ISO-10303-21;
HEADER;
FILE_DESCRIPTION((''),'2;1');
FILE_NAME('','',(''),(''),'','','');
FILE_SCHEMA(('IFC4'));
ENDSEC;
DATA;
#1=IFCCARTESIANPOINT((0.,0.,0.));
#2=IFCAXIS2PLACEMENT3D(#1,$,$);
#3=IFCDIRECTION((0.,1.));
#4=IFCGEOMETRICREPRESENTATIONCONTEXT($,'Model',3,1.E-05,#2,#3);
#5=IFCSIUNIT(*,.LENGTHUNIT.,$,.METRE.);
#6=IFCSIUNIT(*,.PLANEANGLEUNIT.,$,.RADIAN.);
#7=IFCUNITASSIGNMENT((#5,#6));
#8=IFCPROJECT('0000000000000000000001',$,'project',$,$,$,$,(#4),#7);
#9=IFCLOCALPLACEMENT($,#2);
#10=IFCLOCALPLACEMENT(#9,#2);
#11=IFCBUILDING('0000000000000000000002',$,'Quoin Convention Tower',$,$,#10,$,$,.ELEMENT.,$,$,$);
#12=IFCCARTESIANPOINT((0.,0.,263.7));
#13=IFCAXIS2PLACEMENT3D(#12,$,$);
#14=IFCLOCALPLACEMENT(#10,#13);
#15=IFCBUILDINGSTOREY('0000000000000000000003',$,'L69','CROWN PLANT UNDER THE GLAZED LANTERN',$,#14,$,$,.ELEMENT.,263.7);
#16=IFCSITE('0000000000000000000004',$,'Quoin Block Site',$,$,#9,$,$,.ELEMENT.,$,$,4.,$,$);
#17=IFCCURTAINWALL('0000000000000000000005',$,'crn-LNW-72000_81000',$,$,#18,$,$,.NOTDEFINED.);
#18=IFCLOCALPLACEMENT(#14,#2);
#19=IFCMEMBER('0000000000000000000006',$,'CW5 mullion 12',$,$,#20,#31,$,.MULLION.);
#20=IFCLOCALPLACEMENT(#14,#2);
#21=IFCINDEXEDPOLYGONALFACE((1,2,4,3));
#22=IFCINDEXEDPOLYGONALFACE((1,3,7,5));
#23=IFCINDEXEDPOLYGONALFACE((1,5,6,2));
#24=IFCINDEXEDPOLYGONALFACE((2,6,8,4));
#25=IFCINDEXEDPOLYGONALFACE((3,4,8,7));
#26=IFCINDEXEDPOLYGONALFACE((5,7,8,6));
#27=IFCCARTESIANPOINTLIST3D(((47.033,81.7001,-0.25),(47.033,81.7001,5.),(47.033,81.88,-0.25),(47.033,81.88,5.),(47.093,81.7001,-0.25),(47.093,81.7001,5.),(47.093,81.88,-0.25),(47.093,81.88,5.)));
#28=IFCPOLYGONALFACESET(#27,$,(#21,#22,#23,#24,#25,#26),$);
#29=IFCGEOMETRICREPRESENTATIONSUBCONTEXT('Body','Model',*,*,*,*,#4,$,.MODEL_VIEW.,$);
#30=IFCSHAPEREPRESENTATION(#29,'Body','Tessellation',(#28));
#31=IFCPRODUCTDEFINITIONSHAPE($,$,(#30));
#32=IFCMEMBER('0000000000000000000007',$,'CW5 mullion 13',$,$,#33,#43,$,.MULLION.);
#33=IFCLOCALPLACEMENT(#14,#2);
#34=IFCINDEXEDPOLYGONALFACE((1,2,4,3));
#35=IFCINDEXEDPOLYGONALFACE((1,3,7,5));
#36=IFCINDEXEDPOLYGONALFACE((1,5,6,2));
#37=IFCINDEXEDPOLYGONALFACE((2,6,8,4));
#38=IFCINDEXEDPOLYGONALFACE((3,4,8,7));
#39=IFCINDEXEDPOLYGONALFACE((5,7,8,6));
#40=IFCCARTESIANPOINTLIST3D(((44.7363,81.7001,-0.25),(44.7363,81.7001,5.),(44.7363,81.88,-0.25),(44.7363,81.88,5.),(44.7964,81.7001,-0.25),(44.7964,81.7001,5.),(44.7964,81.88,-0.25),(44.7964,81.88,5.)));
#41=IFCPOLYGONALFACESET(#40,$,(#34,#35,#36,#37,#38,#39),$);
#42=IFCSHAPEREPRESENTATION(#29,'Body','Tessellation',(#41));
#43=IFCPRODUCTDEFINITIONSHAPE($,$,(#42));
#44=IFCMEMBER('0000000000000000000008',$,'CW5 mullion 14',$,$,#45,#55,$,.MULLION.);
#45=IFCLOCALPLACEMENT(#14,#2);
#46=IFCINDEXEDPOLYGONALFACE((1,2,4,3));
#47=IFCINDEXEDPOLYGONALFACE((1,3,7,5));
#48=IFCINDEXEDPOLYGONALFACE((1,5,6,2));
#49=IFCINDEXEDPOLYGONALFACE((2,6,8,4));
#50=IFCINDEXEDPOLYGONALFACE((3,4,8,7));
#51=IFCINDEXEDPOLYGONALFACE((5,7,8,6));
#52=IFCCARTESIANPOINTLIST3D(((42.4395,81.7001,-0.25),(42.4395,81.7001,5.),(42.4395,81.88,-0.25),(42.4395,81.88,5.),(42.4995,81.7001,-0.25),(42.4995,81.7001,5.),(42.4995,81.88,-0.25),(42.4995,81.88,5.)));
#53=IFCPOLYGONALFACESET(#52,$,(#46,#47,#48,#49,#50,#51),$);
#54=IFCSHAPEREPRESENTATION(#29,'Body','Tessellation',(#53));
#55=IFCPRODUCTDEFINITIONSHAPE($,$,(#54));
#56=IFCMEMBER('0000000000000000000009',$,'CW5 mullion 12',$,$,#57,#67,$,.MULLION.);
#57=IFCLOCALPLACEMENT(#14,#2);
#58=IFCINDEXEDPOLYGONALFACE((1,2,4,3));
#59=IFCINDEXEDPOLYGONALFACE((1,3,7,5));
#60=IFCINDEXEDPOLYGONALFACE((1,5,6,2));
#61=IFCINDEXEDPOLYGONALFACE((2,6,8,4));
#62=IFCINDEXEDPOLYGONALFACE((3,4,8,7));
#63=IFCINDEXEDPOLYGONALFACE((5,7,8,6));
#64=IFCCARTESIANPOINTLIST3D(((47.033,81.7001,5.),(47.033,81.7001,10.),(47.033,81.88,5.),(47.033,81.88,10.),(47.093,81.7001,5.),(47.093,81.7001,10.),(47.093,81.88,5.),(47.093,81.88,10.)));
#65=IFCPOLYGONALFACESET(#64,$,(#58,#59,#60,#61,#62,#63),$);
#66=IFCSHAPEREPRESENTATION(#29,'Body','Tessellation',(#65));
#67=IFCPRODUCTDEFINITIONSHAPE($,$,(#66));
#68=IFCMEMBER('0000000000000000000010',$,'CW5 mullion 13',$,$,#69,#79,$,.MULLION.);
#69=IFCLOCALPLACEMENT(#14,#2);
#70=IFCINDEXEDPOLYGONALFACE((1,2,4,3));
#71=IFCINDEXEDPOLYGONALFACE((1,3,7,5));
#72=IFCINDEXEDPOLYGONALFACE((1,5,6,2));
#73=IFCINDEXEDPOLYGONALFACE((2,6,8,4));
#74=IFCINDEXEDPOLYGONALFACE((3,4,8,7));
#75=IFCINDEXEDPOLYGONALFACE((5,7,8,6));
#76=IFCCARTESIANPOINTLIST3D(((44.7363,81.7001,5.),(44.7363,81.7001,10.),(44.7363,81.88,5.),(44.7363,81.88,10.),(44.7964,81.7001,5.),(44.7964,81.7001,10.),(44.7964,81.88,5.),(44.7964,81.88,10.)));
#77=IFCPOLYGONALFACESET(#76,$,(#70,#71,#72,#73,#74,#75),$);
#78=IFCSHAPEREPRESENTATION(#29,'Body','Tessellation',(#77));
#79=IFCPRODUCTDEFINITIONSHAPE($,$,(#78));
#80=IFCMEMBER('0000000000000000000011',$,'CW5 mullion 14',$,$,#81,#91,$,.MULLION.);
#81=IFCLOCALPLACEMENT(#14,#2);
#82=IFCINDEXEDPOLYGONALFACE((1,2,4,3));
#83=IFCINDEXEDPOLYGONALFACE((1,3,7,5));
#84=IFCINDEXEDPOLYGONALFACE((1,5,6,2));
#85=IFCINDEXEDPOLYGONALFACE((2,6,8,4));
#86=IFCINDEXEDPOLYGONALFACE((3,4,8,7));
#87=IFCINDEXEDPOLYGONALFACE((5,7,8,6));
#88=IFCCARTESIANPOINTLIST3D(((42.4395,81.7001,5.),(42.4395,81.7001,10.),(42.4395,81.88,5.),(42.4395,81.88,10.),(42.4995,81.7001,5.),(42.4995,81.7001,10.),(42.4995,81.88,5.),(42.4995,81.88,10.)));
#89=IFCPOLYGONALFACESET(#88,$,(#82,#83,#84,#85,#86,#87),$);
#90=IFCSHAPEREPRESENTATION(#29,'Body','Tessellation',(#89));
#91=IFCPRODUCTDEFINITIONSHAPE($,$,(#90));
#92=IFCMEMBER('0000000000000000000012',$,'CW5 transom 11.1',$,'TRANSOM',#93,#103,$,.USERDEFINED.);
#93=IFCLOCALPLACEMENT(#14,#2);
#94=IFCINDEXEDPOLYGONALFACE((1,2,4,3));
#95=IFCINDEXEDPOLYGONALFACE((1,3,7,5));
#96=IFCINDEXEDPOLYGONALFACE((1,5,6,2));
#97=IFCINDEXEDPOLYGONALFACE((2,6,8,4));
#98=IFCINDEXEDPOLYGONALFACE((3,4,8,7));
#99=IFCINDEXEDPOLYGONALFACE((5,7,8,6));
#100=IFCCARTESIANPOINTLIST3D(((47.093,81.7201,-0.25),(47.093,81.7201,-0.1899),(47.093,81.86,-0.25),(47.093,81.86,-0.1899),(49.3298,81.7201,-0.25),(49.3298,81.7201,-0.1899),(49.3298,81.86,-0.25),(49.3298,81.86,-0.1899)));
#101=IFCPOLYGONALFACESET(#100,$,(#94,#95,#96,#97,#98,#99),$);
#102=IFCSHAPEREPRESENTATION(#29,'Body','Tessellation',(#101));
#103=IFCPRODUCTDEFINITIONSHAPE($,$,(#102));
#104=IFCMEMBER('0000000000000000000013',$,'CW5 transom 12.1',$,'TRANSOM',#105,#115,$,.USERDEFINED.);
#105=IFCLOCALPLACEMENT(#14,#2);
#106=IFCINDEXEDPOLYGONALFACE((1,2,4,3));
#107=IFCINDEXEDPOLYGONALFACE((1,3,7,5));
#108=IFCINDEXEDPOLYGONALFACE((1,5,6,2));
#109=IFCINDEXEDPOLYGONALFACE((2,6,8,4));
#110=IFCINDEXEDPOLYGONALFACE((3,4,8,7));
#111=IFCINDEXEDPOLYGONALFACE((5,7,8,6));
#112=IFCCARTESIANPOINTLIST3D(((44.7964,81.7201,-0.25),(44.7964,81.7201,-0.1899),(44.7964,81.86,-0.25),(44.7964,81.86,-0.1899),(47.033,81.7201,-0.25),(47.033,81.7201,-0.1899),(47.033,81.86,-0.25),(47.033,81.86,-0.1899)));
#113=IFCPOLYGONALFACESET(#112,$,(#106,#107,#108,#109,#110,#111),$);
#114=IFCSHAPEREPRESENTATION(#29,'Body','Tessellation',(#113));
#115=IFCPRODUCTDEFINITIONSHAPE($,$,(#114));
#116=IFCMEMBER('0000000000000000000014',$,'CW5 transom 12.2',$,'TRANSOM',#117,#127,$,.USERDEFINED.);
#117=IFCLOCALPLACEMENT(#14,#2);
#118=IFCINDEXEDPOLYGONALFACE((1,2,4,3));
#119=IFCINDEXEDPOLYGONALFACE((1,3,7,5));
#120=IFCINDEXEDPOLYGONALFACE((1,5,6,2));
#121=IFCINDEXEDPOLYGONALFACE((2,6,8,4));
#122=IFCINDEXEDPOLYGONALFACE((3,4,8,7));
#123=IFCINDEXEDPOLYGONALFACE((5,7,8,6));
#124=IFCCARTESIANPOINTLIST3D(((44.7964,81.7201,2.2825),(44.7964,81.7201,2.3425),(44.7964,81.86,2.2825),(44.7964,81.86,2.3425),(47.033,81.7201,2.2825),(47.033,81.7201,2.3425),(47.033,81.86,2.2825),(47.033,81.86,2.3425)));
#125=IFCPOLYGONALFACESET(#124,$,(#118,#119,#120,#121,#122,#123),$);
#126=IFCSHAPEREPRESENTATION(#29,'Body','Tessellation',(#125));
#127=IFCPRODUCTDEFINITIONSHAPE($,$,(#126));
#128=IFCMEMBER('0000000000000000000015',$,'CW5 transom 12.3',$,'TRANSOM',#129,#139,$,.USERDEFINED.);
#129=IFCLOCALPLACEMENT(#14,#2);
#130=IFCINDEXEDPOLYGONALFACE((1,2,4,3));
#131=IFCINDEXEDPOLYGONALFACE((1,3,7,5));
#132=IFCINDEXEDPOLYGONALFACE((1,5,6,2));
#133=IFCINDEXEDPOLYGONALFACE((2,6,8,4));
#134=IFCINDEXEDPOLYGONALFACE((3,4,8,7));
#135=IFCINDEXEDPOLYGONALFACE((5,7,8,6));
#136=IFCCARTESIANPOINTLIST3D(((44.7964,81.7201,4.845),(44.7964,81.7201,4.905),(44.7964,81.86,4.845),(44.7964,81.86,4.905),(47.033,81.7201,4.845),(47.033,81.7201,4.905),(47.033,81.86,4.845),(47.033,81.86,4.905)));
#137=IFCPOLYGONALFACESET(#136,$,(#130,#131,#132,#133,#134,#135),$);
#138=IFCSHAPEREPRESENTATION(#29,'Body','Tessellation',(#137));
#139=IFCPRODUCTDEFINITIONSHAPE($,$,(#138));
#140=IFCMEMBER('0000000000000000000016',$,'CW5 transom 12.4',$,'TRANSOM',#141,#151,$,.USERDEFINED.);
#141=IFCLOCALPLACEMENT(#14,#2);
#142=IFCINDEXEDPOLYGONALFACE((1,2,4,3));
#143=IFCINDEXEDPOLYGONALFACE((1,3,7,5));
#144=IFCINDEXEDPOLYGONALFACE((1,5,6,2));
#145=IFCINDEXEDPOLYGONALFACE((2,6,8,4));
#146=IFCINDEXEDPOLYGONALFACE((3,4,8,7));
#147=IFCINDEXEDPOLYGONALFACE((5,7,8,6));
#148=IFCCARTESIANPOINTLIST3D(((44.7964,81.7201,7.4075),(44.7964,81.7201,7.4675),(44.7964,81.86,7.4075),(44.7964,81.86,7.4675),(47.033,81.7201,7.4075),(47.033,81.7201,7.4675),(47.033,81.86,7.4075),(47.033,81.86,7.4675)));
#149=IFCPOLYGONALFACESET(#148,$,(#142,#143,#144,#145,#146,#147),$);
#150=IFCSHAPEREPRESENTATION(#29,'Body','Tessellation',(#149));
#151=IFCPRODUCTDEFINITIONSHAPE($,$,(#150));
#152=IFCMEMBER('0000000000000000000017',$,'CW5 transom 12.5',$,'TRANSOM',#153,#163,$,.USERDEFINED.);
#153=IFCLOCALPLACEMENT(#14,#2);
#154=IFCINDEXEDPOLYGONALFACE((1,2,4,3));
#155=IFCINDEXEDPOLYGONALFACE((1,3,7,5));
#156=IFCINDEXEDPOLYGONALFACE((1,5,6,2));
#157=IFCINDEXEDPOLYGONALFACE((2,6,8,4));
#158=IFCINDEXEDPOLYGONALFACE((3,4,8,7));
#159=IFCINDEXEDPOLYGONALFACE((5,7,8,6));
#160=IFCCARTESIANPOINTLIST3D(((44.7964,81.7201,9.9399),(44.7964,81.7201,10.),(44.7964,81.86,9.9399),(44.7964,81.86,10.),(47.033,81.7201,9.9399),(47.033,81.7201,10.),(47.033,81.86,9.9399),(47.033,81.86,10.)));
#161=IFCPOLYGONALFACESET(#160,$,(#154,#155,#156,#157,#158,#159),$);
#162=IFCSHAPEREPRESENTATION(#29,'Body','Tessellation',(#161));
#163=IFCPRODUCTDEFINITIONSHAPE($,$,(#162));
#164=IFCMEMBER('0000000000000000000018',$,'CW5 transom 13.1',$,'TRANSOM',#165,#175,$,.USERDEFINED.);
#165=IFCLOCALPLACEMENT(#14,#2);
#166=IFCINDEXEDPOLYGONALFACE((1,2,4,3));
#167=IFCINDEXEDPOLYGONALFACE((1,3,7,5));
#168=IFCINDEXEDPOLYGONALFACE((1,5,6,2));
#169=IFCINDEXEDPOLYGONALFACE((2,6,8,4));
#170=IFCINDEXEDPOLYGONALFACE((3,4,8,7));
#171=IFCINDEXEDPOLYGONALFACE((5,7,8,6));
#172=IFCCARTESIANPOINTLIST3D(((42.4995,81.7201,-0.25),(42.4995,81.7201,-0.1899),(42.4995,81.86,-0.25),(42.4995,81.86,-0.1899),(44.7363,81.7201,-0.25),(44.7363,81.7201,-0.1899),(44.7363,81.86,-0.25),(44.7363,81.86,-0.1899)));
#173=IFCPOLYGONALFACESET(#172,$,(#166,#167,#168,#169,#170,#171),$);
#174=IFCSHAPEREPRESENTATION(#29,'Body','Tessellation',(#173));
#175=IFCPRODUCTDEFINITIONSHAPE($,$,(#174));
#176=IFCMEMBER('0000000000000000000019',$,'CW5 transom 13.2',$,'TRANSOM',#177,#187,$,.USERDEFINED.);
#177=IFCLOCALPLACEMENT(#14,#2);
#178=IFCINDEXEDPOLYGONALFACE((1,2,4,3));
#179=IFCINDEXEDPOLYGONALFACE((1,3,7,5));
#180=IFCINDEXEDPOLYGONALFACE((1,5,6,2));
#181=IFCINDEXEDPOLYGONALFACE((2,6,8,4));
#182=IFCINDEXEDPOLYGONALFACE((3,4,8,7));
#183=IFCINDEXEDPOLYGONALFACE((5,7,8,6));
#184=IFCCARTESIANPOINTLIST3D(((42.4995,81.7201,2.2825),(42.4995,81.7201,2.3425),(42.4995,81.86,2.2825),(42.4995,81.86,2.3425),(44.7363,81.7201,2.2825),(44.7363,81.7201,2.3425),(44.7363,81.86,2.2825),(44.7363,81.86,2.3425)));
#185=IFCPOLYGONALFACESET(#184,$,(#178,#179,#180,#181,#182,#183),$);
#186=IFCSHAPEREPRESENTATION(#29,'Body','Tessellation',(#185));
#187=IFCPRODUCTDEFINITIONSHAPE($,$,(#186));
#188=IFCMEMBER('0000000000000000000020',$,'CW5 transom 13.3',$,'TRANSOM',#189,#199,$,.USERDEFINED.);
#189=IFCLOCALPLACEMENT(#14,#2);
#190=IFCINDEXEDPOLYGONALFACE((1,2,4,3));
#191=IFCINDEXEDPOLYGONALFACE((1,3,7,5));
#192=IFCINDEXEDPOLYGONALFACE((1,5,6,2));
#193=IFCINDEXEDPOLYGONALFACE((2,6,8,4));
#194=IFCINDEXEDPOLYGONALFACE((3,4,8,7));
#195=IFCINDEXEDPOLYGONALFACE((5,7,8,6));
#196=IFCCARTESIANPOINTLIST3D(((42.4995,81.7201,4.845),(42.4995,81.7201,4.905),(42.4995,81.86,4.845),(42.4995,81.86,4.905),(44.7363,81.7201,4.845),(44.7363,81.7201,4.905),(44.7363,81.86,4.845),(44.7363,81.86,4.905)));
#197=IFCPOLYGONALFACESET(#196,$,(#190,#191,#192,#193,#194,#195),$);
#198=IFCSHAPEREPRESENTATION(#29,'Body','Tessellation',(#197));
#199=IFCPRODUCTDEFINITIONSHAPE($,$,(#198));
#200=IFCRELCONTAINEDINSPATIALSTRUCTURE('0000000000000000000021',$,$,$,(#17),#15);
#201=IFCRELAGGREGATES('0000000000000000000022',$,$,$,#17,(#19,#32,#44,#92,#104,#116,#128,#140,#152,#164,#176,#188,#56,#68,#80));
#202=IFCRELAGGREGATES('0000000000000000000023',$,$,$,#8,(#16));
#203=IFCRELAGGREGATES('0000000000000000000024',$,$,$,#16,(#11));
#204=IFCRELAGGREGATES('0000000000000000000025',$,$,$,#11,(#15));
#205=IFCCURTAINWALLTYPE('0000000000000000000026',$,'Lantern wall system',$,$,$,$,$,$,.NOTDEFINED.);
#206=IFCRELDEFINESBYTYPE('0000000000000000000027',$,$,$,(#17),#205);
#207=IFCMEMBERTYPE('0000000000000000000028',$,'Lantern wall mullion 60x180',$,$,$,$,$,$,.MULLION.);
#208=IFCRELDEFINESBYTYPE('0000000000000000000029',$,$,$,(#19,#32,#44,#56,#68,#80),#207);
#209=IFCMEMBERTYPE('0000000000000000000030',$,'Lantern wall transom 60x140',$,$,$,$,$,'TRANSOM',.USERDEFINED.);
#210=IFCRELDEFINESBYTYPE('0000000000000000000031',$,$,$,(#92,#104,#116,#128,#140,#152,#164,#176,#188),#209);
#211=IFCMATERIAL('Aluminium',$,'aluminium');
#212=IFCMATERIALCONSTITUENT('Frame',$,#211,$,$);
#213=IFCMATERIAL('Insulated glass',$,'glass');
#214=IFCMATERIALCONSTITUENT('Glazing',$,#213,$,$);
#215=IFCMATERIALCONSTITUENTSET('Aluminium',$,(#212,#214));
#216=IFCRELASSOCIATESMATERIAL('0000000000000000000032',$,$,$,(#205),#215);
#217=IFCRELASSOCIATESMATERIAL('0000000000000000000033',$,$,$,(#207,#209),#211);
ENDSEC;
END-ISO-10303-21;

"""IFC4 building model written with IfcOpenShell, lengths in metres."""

from ifc_helpers import new_model, si_unit, direction, frame, origin, origin_2d, place, context, subcontext, project, spatial, rectangle, extrude, material, constituent, constituent_set, material_profile, profile_set, type_object, element, aggregate, save


model = new_model("IFC4")

# Units and contexts
model_context = context("Model", 3, precision=1e-05, world=origin(), true_north=direction((0.0, 1.0)))
body_context = subcontext(model_context, "Body", "Model", "MODEL_VIEW")
ifc_project = project(units=[si_unit("LENGTHUNIT", "METRE"), si_unit("PLANEANGLEUNIT", "RADIAN")], contexts=[model_context])

# Site, building, storey
site_placement = place(None, origin())
site = spatial("IfcSite", under=ifc_project, at=site_placement, Name="Quoin Block Site", CompositionType="ELEMENT", RefElevation=4.0)
building_placement = place(site_placement, origin())
building = spatial("IfcBuilding", under=site, at=building_placement, Name="Quoin Convention Tower", CompositionType="ELEMENT")
storey_placement = place(building_placement, frame((0.0, 0.0, 263.7)))
storey = spatial("IfcBuildingStorey", under=building, at=storey_placement, Name="L69", Description="CROWN PLANT UNDER THE GLAZED LANTERN", CompositionType="ELEMENT", Elevation=263.7)

# Curtain wall, members
ifc_material_1 = material(Name="Aluminium", Category="aluminium")
ifc_constituent_1 = constituent(ifc_material_1, Name="Frame")
ifc_material_2 = material(Name="Insulated glass", Category="glass")
ifc_constituent_2 = constituent(ifc_material_2, Name="Glazing")
ifc_constituent_set = constituent_set(constituents=[ifc_constituent_1, ifc_constituent_2], Name="Aluminium")
curtain_wall_type = type_object("IfcCurtainWallType", Name="Lantern wall system", PredefinedType="NOTDEFINED", material=ifc_constituent_set)
curtain_wall_placement = place(storey_placement, origin())
curtain_wall = element("IfcCurtainWall", 1, at=curtain_wall_placement, inside=storey, type_object=curtain_wall_type, Name="crn-LNW-72000_81000", PredefinedType="NOTDEFINED")
ifc_material_profile_1 = material_profile(ifc_material_1, rectangle(XDim=0.1799, YDim=0.0601, at=origin_2d()), Name="Lantern wall mullion 60x180")
ifc_profile_set_1 = profile_set([ifc_material_profile_1], Name="Aluminium")
member_type_1 = type_object("IfcMemberType", Name="Lantern wall mullion 60x180", PredefinedType="MULLION", material=ifc_profile_set_1)
member_1_placement = place(storey_placement, frame((47.063, 81.79, -0.25), z_axis=(0.0, 0.0, 1.0), x_axis=(0.0, -1.0, 0.0)))
member_1 = element("IfcMember", 2, at=member_1_placement, type_object=member_type_1, Name="CW5 mullion 12", PredefinedType="MULLION", context=body_context, shape_type="SweptSolid", body=[
    extrude(rectangle(XDim=0.1799, YDim=0.0601, at=origin_2d()), origin(), (0.0, 0.0, 1.0), 5.25),
])
member_2_placement = place(storey_placement, frame((44.7664, 81.79, -0.25), z_axis=(0.0, 0.0, 1.0), x_axis=(0.0, -1.0, 0.0)))
member_2 = element("IfcMember", 3, at=member_2_placement, type_object=member_type_1, Name="CW5 mullion 13", PredefinedType="MULLION", context=body_context, shape_type="SweptSolid", body=[
    extrude(rectangle(XDim=0.1799, YDim=0.0601, at=origin_2d()), origin(), (0.0, 0.0, 1.0), 5.25),
])
member_3_placement = place(storey_placement, frame((42.4695, 81.79, -0.25), z_axis=(0.0, 0.0, 1.0), x_axis=(0.0, -1.0, 0.0)))
member_3 = element("IfcMember", 4, at=member_3_placement, type_object=member_type_1, Name="CW5 mullion 14", PredefinedType="MULLION", context=body_context, shape_type="SweptSolid", body=[
    extrude(rectangle(XDim=0.1799, YDim=0.0601, at=origin_2d()), origin(), (0.0, 0.0, 1.0), 5.25),
])
member_4_placement = place(storey_placement, frame((47.063, 81.79, 5.0), z_axis=(0.0, 0.0, 1.0), x_axis=(0.0, -1.0, 0.0)))
member_4 = element("IfcMember", 5, at=member_4_placement, type_object=member_type_1, Name="CW5 mullion 12", PredefinedType="MULLION", context=body_context, shape_type="SweptSolid", body=[
    extrude(rectangle(XDim=0.1799, YDim=0.0601, at=origin_2d()), origin(), (0.0, 0.0, 1.0), 5.0),
])
member_5_placement = place(storey_placement, frame((44.7664, 81.79, 5.0), z_axis=(0.0, 0.0, 1.0), x_axis=(0.0, -1.0, 0.0)))
member_5 = element("IfcMember", 6, at=member_5_placement, type_object=member_type_1, Name="CW5 mullion 13", PredefinedType="MULLION", context=body_context, shape_type="SweptSolid", body=[
    extrude(rectangle(XDim=0.1799, YDim=0.0601, at=origin_2d()), origin(), (0.0, 0.0, 1.0), 5.0),
])
member_6_placement = place(storey_placement, frame((42.4695, 81.79, 5.0), z_axis=(0.0, 0.0, 1.0), x_axis=(0.0, -1.0, 0.0)))
member_6 = element("IfcMember", 7, at=member_6_placement, type_object=member_type_1, Name="CW5 mullion 14", PredefinedType="MULLION", context=body_context, shape_type="SweptSolid", body=[
    extrude(rectangle(XDim=0.1799, YDim=0.0601, at=origin_2d()), origin(), (0.0, 0.0, 1.0), 5.0),
])
ifc_material_profile_2 = material_profile(ifc_material_1, rectangle(XDim=0.1399, YDim=0.0601, at=origin_2d()), Name="Lantern wall transom 60x140")
ifc_profile_set_2 = profile_set([ifc_material_profile_2], Name="Aluminium")
member_type_2 = type_object("IfcMemberType", Name="Lantern wall transom 60x140", ElementType="TRANSOM", PredefinedType="USERDEFINED", material=ifc_profile_set_2)
member_7_placement = place(storey_placement, frame((49.3298, 81.79, -0.22), z_axis=(-1.0, 0.0, 0.0), x_axis=(0.0, -1.0, 0.0)))
member_7 = element("IfcMember", 8, at=member_7_placement, type_object=member_type_2, Name="CW5 transom 11.1", ObjectType="TRANSOM", PredefinedType="USERDEFINED", context=body_context, shape_type="SweptSolid", body=[
    extrude(rectangle(XDim=0.1399, YDim=0.0601, at=origin_2d()), origin(), (0.0, 0.0, 1.0), 2.2368),
])
member_8_placement = place(storey_placement, frame((47.033, 81.79, -0.22), z_axis=(-1.0, 0.0, 0.0), x_axis=(0.0, -1.0, 0.0)))
member_8 = element("IfcMember", 9, at=member_8_placement, type_object=member_type_2, Name="CW5 transom 12.1", ObjectType="TRANSOM", PredefinedType="USERDEFINED", context=body_context, shape_type="SweptSolid", body=[
    extrude(rectangle(XDim=0.1399, YDim=0.0601, at=origin_2d()), origin(), (0.0, 0.0, 1.0), 2.2366),
])
member_9_placement = place(storey_placement, frame((47.033, 81.79, 2.3125), z_axis=(-1.0, 0.0, 0.0), x_axis=(0.0, -1.0, 0.0)))
member_9 = element("IfcMember", 10, at=member_9_placement, type_object=member_type_2, Name="CW5 transom 12.2", ObjectType="TRANSOM", PredefinedType="USERDEFINED", context=body_context, shape_type="SweptSolid", body=[
    extrude(rectangle(XDim=0.1399, YDim=0.0601, at=origin_2d()), origin(), (0.0, 0.0, 1.0), 2.2366),
])
member_10_placement = place(storey_placement, frame((47.033, 81.79, 4.875), z_axis=(-1.0, 0.0, 0.0), x_axis=(0.0, -1.0, 0.0)))
member_10 = element("IfcMember", 11, at=member_10_placement, type_object=member_type_2, Name="CW5 transom 12.3", ObjectType="TRANSOM", PredefinedType="USERDEFINED", context=body_context, shape_type="SweptSolid", body=[
    extrude(rectangle(XDim=0.1399, YDim=0.0601, at=origin_2d()), origin(), (0.0, 0.0, 1.0), 2.2366),
])
member_11_placement = place(storey_placement, frame((47.033, 81.79, 7.4375), z_axis=(-1.0, 0.0, 0.0), x_axis=(0.0, -1.0, 0.0)))
member_11 = element("IfcMember", 12, at=member_11_placement, type_object=member_type_2, Name="CW5 transom 12.4", ObjectType="TRANSOM", PredefinedType="USERDEFINED", context=body_context, shape_type="SweptSolid", body=[
    extrude(rectangle(XDim=0.1399, YDim=0.0601, at=origin_2d()), origin(), (0.0, 0.0, 1.0), 2.2366),
])
member_12_placement = place(storey_placement, frame((47.033, 81.79, 9.97), z_axis=(-1.0, 0.0, 0.0), x_axis=(0.0, -1.0, 0.0)))
member_12 = element("IfcMember", 13, at=member_12_placement, type_object=member_type_2, Name="CW5 transom 12.5", ObjectType="TRANSOM", PredefinedType="USERDEFINED", context=body_context, shape_type="SweptSolid", body=[
    extrude(rectangle(XDim=0.1399, YDim=0.0601, at=origin_2d()), origin(), (0.0, 0.0, 1.0), 2.2366),
])
member_13_placement = place(storey_placement, frame((44.7363, 81.79, -0.22), z_axis=(-1.0, 0.0, 0.0), x_axis=(0.0, -1.0, 0.0)))
member_13 = element("IfcMember", 14, at=member_13_placement, type_object=member_type_2, Name="CW5 transom 13.1", ObjectType="TRANSOM", PredefinedType="USERDEFINED", context=body_context, shape_type="SweptSolid", body=[
    extrude(rectangle(XDim=0.1399, YDim=0.0601, at=origin_2d()), origin(), (0.0, 0.0, 1.0), 2.2368),
])
member_14_placement = place(storey_placement, frame((44.7363, 81.79, 2.3125), z_axis=(-1.0, 0.0, 0.0), x_axis=(0.0, -1.0, 0.0)))
member_14 = element("IfcMember", 15, at=member_14_placement, type_object=member_type_2, Name="CW5 transom 13.2", ObjectType="TRANSOM", PredefinedType="USERDEFINED", context=body_context, shape_type="SweptSolid", body=[
    extrude(rectangle(XDim=0.1399, YDim=0.0601, at=origin_2d()), origin(), (0.0, 0.0, 1.0), 2.2368),
])
member_15_placement = place(storey_placement, frame((44.7363, 81.79, 4.875), z_axis=(-1.0, 0.0, 0.0), x_axis=(0.0, -1.0, 0.0)))
member_15 = element("IfcMember", 16, at=member_15_placement, type_object=member_type_2, Name="CW5 transom 13.3", ObjectType="TRANSOM", PredefinedType="USERDEFINED", context=body_context, shape_type="SweptSolid", body=[
    extrude(rectangle(XDim=0.1399, YDim=0.0601, at=origin_2d()), origin(), (0.0, 0.0, 1.0), 2.2368),
])
aggregate(curtain_wall, [member_1, member_2, member_3, member_7, member_8, member_9, member_10, member_11, member_12, member_13, member_14, member_15, member_4, member_5, member_6])

save(model, "model.ifc")
